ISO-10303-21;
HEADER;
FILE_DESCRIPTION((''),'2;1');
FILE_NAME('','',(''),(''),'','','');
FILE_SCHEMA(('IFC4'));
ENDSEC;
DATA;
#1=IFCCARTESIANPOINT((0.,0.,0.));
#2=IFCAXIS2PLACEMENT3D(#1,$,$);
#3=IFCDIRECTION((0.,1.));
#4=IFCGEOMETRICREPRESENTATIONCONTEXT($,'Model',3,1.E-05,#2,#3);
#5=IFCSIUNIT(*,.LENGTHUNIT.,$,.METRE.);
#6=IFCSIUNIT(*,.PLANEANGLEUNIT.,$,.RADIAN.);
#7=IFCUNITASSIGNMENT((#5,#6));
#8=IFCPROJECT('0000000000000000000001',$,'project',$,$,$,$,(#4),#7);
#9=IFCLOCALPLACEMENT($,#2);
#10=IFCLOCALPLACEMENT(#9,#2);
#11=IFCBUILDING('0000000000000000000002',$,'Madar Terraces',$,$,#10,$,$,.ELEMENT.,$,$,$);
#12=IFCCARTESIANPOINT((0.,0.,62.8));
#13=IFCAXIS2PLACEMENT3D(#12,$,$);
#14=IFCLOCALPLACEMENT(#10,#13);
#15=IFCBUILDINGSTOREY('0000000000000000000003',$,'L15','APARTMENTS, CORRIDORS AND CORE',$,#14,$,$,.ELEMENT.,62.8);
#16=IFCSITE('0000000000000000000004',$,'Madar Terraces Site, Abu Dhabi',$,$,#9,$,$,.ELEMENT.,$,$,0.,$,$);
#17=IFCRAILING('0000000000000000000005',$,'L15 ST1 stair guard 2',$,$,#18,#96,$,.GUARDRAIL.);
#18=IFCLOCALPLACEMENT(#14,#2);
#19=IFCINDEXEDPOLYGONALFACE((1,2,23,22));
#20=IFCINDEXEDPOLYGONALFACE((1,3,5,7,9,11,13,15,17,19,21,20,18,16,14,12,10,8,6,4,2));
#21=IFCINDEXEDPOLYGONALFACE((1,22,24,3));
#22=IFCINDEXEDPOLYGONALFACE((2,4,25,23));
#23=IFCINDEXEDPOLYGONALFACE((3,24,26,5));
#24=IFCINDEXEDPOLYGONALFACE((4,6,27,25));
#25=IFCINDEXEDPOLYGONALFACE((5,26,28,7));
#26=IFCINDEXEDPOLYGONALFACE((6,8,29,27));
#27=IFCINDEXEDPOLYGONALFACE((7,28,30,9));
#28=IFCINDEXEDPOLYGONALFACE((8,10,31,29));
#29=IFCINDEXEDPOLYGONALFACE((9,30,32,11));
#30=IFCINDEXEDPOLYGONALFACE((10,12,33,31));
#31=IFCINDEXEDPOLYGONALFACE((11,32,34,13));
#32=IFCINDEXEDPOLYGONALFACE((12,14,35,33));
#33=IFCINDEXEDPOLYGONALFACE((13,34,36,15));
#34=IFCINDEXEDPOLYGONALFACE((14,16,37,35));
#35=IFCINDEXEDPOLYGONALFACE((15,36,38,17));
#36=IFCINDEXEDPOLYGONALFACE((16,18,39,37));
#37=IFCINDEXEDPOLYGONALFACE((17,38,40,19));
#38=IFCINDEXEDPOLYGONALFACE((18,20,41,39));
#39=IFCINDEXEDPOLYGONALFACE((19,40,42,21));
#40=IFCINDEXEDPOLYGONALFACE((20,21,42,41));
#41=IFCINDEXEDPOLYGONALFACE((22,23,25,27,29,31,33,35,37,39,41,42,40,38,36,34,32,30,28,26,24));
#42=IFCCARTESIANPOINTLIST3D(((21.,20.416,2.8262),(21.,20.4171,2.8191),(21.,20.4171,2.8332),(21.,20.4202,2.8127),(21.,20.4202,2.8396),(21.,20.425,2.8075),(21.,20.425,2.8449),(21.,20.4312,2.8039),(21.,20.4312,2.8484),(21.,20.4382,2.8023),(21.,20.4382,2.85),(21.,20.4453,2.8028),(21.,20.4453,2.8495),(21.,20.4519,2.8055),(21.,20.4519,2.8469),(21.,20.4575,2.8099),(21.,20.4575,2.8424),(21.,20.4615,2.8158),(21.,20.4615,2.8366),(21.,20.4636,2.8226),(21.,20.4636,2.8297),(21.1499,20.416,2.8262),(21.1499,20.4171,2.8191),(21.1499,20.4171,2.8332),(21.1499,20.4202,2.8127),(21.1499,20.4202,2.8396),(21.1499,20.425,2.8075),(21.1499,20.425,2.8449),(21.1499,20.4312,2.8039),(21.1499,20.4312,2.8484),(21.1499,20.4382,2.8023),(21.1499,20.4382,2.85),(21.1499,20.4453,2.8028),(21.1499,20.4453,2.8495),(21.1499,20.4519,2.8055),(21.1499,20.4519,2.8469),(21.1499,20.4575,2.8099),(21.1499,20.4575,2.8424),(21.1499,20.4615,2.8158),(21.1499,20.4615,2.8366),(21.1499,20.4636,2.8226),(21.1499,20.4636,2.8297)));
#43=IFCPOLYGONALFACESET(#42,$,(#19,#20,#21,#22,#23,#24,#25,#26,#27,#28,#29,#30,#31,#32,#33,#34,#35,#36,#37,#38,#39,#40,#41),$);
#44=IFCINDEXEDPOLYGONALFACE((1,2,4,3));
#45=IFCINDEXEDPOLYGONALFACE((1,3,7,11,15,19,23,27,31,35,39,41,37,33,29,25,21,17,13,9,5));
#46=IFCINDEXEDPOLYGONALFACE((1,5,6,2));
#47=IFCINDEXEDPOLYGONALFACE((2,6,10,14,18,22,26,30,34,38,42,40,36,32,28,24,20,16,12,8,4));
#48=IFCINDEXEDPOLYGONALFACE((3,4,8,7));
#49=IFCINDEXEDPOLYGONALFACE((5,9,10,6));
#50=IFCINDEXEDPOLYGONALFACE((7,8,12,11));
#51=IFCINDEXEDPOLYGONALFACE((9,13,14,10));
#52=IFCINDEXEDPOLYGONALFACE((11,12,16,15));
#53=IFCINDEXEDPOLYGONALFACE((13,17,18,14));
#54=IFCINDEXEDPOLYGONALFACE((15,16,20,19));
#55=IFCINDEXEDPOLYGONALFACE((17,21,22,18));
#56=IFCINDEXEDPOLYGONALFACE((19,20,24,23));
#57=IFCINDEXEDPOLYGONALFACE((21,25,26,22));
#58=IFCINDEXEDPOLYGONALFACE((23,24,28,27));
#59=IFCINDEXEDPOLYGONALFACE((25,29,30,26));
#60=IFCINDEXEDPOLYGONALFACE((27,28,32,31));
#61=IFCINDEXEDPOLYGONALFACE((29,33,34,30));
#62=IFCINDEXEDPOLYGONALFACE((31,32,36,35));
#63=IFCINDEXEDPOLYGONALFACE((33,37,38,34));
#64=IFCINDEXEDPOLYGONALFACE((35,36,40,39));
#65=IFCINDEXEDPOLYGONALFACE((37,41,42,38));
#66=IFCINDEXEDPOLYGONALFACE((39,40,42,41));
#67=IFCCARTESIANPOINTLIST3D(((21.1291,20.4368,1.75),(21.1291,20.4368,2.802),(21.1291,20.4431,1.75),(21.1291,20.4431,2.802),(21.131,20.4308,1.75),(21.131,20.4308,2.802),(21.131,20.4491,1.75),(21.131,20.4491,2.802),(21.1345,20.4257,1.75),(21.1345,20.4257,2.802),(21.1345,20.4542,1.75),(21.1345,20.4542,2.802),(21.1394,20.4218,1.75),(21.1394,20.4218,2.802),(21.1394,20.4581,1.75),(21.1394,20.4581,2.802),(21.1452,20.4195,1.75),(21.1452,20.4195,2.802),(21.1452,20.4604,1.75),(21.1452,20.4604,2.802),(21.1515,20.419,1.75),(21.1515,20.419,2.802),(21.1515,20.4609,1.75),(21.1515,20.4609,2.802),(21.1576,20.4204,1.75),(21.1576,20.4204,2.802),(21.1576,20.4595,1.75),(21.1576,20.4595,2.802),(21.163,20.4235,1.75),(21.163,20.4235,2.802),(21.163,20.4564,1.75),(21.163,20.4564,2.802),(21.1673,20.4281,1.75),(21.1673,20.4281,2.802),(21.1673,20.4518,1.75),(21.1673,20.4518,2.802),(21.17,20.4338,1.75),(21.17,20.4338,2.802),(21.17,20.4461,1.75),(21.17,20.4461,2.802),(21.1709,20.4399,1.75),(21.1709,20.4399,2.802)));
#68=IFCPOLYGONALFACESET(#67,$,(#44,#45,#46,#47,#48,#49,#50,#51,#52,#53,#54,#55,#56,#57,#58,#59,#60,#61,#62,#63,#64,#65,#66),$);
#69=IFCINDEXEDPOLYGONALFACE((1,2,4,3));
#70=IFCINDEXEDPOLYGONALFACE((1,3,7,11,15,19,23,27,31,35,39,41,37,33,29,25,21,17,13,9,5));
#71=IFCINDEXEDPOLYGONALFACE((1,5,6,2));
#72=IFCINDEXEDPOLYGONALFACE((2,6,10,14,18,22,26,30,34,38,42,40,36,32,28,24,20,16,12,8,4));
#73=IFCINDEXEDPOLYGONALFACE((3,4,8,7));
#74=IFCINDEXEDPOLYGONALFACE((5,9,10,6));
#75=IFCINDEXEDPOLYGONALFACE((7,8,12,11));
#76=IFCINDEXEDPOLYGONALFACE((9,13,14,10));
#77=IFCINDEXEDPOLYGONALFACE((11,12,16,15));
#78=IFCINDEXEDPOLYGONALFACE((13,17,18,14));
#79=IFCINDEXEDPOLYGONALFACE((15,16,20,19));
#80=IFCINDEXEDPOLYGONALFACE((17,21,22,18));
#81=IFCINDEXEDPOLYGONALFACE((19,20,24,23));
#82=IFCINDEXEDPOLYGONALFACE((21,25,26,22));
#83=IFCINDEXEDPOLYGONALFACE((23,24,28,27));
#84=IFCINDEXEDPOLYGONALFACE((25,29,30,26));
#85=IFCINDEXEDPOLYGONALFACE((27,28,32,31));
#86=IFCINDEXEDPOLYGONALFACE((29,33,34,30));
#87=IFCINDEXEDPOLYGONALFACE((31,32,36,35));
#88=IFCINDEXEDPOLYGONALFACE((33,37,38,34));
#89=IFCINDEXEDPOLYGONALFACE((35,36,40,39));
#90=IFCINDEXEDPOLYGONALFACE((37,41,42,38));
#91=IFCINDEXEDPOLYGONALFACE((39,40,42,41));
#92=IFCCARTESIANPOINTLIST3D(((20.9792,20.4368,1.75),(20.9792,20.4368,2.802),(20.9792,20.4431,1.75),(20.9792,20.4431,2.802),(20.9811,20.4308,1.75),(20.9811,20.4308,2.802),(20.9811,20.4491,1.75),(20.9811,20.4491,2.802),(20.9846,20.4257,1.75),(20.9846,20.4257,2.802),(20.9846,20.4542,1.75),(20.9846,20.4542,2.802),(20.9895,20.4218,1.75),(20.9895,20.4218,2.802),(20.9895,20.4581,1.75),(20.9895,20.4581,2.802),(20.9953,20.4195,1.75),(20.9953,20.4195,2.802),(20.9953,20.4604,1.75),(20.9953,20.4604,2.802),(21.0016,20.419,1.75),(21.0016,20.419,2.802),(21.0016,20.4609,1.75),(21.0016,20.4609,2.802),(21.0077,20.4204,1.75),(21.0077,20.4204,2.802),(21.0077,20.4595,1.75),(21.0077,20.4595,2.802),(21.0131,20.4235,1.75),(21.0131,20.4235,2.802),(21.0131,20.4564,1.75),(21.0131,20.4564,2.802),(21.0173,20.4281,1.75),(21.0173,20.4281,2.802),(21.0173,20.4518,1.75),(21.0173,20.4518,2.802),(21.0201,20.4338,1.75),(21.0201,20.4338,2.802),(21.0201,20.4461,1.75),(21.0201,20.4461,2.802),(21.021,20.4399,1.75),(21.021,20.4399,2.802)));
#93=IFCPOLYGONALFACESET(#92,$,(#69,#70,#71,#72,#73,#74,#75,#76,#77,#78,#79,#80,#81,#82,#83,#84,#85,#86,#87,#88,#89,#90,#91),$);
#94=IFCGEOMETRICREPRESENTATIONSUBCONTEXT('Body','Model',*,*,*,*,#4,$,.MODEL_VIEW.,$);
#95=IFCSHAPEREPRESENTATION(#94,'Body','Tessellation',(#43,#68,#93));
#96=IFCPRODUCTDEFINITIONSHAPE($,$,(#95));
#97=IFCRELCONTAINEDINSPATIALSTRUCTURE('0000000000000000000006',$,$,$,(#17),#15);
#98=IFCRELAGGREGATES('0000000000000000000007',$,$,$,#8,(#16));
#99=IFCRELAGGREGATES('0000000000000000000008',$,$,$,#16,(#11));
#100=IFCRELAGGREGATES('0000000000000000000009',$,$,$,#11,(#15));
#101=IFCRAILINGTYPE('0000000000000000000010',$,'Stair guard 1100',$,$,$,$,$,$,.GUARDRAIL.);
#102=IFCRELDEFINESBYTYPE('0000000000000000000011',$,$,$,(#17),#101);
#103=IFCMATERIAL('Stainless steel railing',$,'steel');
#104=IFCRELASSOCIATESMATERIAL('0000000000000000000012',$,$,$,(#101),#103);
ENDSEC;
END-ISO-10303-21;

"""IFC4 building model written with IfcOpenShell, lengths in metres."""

from ifc_helpers import new_model, si_unit, direction, frame, origin, origin_2d, place, context, subcontext, project, spatial, circle, extrude, material, type_object, element, save


model = new_model("IFC4")

# Units and contexts
model_context = context("Model", 3, precision=1e-05, world=origin(), true_north=direction((0.0, 1.0)))
body_context = subcontext(model_context, "Body", "Model", "MODEL_VIEW")
ifc_project = project(units=[si_unit("LENGTHUNIT", "METRE"), si_unit("PLANEANGLEUNIT", "RADIAN")], contexts=[model_context])

# Site, building, storey
site_placement = place(None, origin())
site = spatial("IfcSite", under=ifc_project, at=site_placement, Name="Madar Terraces Site, Abu Dhabi", CompositionType="ELEMENT", RefElevation=0.0)
building_placement = place(site_placement, origin())
building = spatial("IfcBuilding", under=site, at=building_placement, Name="Madar Terraces", CompositionType="ELEMENT")
storey_placement = place(building_placement, frame((0.0, 0.0, 62.8)))
storey = spatial("IfcBuildingStorey", under=building, at=storey_placement, Name="L15", Description="APARTMENTS, CORRIDORS AND CORE", CompositionType="ELEMENT", Elevation=62.8)

# Railing
ifc_material_1 = material(Name="Stainless steel railing", Category="steel")
railing_type_1 = type_object("IfcRailingType", Name="Stair guard 1100", PredefinedType="GUARDRAIL", material=ifc_material_1)
railing_1_placement = place(storey_placement, frame((21.1499, 20.4399, 1.75)))
element("IfcRailing", 1, at=railing_1_placement, inside=storey, type_object=railing_type_1, Name="L15 ST1 stair guard 2", PredefinedType="GUARDRAIL", context=body_context, shape_type="SweptSolid", body=[
    extrude(circle(Radius=0.0239, at=origin_2d()), frame((0.0, 0.0, 1.0762), z_axis=(-1.0, 0.0, 0.0), x_axis=(0.0, -1.0, 0.0)), (0.0, 0.0, 1.0), 0.1499),
    extrude(circle(Radius=0.021, at=origin_2d()), origin(), (0.0, 0.0, 1.0), 1.052),
    extrude(circle(Radius=0.021, at=origin_2d()), frame((-0.1499, 0.0, 0.0)), (0.0, 0.0, 1.0), 1.052),
])

save(model, "model.ifc")
